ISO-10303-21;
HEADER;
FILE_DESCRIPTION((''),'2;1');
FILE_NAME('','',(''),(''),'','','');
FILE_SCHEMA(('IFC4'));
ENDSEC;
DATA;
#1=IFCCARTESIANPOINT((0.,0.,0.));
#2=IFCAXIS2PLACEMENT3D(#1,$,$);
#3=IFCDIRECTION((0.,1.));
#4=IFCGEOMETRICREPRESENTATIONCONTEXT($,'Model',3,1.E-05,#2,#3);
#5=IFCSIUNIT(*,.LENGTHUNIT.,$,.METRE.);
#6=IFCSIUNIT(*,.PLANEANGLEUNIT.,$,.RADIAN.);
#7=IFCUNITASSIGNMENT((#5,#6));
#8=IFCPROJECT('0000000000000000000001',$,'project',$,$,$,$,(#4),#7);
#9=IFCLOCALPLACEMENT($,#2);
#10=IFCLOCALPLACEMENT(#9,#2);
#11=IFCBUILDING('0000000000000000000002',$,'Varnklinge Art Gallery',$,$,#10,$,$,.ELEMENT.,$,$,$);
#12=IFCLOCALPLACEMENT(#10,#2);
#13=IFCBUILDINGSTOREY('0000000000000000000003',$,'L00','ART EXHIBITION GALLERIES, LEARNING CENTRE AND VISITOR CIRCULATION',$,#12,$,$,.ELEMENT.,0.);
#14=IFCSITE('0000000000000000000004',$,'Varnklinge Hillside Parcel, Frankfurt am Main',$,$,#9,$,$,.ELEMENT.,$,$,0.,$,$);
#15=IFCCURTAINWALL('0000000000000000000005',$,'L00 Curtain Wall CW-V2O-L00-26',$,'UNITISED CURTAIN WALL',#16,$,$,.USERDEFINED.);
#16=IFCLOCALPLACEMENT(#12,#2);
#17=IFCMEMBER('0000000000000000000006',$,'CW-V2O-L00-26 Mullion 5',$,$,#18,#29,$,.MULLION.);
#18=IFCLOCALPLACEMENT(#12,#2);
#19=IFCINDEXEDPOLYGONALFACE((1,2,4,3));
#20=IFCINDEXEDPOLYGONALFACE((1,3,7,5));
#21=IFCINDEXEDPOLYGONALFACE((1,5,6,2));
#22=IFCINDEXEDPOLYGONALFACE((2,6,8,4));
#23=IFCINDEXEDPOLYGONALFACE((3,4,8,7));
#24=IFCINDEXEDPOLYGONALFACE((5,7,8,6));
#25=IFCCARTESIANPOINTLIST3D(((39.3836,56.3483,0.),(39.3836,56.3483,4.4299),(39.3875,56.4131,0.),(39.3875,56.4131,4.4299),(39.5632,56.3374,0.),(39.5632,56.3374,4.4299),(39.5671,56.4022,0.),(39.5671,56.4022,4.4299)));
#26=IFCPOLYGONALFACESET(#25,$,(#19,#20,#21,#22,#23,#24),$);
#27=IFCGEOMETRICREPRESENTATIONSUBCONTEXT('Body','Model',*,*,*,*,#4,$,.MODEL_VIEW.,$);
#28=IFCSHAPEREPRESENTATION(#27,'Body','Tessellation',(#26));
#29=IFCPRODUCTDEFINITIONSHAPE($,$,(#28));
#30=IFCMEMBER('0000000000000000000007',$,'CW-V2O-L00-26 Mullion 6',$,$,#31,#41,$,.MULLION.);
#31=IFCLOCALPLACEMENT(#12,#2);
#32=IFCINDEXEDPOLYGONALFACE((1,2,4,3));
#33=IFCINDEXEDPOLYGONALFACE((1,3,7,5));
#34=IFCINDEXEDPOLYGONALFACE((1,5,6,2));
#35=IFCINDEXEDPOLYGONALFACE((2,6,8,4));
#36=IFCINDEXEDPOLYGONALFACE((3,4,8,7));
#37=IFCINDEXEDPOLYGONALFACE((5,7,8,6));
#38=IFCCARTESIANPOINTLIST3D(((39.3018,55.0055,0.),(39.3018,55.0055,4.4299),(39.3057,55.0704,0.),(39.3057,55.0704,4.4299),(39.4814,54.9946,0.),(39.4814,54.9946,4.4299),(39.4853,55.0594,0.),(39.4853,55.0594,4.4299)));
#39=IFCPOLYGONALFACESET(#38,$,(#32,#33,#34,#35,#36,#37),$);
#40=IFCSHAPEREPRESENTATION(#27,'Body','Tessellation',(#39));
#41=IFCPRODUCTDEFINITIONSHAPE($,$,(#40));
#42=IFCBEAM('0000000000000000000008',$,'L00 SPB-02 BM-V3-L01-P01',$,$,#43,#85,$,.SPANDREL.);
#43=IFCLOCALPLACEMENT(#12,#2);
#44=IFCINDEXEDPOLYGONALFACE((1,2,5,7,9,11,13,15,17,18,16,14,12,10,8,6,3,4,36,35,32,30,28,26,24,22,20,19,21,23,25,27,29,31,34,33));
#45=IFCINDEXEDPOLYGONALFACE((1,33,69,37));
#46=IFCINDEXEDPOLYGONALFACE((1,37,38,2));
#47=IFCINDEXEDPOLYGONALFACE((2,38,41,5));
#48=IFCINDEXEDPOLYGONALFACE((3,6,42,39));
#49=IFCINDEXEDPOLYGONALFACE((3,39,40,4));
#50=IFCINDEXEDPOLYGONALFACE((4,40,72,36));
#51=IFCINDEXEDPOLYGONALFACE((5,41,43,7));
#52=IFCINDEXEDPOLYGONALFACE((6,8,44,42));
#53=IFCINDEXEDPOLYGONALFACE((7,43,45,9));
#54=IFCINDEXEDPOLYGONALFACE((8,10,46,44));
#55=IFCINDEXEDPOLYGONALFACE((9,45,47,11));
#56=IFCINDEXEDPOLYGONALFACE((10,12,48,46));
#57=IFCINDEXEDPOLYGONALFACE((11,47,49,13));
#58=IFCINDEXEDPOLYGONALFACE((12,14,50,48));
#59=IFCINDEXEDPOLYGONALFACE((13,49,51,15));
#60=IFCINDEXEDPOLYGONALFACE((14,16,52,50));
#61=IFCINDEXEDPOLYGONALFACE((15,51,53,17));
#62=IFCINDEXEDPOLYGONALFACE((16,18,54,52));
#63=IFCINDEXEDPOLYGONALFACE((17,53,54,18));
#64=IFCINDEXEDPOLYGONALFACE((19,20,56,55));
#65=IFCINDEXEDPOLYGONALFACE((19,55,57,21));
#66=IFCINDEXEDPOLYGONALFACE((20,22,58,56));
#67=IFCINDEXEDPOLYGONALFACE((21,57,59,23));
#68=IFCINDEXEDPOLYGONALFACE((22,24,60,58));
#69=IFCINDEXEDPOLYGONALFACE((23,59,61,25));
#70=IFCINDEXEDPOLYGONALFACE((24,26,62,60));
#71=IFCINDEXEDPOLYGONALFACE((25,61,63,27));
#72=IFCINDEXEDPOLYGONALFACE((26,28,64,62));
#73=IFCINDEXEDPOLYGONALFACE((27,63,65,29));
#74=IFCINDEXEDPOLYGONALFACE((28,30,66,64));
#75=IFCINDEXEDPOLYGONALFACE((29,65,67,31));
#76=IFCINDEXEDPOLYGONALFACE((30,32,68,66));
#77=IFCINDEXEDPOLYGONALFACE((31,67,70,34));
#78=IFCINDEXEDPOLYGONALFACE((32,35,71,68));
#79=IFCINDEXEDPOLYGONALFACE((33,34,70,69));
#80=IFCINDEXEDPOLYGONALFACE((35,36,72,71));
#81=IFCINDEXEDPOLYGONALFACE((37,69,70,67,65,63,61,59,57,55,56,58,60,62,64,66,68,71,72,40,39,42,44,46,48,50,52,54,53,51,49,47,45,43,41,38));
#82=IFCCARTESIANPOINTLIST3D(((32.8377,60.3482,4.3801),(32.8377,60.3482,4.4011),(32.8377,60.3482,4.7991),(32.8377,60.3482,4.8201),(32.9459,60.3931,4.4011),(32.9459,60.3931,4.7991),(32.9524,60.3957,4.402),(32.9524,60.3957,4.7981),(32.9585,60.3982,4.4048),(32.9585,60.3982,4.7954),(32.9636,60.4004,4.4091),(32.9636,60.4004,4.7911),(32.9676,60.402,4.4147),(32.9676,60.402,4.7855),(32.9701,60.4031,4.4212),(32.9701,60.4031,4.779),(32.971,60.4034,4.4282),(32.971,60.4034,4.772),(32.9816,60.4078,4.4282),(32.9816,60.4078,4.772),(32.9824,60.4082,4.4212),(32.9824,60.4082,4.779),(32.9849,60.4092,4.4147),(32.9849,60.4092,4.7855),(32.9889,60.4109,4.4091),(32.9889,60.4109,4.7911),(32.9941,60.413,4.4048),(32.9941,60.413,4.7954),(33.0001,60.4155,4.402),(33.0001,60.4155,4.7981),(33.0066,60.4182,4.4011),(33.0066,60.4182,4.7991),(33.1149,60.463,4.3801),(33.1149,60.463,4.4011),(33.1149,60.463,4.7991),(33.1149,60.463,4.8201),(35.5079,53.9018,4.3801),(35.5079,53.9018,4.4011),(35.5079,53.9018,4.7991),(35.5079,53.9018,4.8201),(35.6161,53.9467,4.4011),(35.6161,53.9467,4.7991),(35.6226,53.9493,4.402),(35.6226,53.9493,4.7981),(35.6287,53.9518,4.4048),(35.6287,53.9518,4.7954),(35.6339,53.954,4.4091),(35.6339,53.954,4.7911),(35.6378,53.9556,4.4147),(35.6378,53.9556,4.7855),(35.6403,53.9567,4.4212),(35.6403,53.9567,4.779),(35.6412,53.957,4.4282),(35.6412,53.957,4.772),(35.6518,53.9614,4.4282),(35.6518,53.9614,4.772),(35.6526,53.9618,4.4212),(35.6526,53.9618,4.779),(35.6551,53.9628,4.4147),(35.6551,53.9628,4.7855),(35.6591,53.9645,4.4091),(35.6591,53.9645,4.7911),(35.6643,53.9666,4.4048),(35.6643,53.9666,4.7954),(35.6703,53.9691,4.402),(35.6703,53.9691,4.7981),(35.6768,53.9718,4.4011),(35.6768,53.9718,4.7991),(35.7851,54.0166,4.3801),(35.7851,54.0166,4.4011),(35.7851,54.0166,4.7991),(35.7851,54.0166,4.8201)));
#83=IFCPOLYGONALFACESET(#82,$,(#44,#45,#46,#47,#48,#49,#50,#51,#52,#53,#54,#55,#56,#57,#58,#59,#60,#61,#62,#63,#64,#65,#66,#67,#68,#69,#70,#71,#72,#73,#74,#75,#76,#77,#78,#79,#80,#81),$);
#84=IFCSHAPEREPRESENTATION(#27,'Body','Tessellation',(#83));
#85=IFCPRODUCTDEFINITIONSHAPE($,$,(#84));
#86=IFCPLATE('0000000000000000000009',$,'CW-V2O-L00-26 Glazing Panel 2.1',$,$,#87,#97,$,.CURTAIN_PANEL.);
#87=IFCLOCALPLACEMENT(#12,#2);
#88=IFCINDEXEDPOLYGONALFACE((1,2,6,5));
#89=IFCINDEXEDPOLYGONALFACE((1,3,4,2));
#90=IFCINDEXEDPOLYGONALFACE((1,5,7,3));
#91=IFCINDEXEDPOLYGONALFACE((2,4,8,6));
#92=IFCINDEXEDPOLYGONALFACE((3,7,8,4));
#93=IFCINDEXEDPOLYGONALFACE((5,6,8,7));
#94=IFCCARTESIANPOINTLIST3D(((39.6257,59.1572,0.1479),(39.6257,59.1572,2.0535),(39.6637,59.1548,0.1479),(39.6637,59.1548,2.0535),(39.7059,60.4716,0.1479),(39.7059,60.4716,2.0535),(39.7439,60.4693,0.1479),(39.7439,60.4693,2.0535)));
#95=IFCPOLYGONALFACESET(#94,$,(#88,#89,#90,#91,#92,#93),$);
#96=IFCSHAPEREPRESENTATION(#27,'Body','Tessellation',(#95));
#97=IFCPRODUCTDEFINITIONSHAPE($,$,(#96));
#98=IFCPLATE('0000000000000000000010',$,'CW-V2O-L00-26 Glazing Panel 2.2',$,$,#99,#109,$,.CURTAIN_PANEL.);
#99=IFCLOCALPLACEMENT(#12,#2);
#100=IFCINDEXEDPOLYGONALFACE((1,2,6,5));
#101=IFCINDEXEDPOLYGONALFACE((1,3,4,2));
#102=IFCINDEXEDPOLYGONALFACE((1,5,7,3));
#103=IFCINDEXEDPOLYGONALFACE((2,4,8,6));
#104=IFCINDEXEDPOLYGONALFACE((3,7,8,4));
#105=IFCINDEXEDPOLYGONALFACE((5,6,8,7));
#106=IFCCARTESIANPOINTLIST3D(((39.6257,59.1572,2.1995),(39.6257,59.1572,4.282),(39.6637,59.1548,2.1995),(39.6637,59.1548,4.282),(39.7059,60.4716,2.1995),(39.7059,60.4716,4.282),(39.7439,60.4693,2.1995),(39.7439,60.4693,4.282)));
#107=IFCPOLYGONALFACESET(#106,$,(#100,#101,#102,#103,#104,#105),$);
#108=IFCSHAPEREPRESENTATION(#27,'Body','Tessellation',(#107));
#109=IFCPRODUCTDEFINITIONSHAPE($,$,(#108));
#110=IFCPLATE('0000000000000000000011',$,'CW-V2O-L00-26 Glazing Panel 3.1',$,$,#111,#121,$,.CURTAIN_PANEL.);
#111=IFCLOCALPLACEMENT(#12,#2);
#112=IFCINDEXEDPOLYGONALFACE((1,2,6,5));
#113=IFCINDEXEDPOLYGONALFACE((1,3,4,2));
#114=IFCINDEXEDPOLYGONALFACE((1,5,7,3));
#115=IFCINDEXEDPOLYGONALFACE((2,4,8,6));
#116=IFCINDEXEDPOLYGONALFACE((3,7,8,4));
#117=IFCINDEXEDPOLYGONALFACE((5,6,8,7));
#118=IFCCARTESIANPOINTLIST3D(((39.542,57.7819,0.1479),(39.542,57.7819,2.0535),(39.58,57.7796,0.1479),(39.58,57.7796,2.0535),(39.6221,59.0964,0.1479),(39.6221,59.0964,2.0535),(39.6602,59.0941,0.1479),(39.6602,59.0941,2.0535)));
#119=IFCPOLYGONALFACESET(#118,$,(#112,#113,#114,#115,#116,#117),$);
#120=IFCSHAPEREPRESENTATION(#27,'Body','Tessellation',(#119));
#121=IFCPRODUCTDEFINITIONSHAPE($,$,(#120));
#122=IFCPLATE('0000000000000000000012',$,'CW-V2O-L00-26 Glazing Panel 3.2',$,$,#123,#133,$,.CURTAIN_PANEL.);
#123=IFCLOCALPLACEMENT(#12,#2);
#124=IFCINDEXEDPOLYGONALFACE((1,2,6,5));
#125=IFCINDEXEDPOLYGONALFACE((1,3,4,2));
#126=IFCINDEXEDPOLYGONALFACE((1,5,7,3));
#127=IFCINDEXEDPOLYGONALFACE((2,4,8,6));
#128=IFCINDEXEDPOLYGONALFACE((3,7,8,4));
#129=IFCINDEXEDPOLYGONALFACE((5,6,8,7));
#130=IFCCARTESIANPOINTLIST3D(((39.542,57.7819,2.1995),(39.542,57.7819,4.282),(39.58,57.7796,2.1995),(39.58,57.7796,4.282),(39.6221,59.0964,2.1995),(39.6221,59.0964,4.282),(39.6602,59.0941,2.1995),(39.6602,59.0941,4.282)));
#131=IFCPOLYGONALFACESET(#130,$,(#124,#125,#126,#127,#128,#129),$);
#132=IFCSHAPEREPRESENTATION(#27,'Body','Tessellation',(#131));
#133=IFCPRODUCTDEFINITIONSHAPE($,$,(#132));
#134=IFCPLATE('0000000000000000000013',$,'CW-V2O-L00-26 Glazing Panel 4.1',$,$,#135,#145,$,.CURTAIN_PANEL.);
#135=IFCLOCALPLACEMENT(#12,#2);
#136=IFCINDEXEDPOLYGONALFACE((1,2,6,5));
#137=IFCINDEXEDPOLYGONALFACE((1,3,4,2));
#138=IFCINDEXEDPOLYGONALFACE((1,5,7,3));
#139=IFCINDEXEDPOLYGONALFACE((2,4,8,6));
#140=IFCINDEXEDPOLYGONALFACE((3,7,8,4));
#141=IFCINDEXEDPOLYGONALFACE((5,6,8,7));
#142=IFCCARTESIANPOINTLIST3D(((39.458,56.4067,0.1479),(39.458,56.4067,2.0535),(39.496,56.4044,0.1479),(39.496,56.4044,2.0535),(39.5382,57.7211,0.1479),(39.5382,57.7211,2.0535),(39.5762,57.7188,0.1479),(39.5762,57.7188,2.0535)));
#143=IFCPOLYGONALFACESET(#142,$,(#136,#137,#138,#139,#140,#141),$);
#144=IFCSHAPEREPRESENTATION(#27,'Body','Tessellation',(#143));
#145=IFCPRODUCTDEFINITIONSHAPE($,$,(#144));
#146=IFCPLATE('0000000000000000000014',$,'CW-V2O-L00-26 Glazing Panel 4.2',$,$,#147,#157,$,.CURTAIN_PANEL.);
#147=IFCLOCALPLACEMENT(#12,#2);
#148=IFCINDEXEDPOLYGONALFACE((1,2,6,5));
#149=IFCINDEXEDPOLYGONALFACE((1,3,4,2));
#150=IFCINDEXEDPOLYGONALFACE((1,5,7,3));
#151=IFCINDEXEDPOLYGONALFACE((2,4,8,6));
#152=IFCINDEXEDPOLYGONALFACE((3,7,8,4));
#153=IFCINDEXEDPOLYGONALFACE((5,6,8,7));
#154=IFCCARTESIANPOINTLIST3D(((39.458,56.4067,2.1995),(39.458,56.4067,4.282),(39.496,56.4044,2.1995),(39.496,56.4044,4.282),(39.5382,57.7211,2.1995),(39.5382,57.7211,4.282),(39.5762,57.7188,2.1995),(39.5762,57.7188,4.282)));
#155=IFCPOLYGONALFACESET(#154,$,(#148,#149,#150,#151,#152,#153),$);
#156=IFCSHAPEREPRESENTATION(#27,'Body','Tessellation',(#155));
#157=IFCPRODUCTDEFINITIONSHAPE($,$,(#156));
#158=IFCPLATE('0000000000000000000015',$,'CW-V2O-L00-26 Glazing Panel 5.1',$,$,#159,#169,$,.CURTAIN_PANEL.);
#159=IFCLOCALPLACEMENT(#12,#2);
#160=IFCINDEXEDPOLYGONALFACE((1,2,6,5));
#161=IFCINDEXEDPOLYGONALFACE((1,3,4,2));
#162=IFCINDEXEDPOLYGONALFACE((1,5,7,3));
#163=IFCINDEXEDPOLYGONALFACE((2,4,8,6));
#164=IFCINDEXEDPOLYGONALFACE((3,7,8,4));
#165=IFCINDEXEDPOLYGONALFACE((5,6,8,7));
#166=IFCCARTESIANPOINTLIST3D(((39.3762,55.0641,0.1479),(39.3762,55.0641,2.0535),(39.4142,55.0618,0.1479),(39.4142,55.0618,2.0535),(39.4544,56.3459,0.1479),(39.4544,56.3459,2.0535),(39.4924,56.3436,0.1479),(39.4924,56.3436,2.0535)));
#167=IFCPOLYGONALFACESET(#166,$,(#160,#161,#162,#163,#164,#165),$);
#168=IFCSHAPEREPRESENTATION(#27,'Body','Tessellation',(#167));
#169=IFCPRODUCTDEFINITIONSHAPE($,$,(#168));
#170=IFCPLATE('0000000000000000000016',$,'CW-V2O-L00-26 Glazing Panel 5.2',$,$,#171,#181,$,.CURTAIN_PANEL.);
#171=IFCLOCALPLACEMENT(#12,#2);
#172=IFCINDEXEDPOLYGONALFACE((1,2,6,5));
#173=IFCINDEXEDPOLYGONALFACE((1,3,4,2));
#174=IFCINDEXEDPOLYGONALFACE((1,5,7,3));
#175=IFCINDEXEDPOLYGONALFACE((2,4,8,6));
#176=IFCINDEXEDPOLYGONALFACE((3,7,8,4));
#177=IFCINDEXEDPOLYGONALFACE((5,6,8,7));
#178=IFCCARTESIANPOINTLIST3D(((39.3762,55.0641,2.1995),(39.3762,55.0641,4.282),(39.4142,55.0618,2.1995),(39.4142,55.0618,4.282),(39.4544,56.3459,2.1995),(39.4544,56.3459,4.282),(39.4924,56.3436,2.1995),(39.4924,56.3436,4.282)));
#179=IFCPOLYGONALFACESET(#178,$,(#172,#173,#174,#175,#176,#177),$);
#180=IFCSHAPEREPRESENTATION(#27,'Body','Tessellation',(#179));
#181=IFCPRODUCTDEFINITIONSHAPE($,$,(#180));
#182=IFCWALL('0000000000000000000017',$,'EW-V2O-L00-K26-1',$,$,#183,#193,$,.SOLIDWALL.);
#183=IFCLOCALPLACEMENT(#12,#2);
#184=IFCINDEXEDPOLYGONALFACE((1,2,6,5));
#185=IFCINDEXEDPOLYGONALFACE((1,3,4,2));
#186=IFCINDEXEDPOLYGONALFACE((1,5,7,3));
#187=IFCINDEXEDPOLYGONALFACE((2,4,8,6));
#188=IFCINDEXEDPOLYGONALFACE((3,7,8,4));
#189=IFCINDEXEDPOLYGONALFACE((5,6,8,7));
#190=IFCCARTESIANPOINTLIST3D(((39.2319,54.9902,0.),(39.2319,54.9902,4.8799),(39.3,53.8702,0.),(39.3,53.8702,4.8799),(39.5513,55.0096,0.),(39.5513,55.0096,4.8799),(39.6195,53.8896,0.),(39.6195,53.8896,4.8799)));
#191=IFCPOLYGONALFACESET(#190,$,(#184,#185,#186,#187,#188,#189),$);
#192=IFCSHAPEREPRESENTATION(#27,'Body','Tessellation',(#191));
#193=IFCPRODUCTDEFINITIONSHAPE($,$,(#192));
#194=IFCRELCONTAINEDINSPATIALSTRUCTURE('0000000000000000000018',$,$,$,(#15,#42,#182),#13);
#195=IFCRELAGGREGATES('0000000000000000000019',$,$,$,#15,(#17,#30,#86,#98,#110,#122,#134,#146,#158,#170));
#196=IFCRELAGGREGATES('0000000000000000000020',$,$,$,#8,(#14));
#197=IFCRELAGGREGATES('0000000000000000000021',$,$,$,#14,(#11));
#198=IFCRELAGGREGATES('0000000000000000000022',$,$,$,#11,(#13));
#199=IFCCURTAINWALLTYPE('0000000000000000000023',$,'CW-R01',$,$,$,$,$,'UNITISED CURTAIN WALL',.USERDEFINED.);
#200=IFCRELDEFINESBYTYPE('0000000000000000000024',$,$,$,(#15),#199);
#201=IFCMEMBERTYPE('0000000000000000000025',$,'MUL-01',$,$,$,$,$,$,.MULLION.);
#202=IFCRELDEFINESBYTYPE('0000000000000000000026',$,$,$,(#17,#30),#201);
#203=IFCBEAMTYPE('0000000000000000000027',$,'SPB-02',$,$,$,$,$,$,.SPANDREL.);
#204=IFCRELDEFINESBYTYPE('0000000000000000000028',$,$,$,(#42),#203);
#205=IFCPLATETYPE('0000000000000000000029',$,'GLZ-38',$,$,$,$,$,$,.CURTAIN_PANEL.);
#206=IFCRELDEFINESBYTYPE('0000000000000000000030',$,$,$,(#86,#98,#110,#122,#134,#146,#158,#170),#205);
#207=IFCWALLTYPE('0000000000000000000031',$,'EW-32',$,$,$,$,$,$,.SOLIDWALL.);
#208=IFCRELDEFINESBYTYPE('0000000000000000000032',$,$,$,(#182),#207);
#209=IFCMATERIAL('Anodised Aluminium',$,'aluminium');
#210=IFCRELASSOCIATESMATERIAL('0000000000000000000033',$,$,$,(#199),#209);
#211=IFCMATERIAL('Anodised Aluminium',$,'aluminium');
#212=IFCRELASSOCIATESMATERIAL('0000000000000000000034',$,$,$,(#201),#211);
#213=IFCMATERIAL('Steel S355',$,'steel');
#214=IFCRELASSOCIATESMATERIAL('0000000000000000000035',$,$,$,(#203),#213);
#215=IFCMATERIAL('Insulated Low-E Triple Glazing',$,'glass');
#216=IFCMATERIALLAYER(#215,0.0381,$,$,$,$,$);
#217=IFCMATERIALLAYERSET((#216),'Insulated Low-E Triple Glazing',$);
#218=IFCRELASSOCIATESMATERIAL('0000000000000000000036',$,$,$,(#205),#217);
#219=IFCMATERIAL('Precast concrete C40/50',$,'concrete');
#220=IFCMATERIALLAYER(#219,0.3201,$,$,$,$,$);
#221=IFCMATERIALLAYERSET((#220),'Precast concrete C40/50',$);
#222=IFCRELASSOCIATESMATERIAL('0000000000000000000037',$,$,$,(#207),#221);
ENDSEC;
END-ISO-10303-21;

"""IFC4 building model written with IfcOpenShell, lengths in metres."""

from ifc_helpers import new_model, si_unit, direction, frame, frame_2d, origin, origin_2d, place, context, subcontext, project, spatial, rectangle, i_section, extrude, material, layer, layer_set, material_profile, profile_set, type_object, element, aggregate, save


model = new_model("IFC4")

# Units and contexts
model_context = context("Model", 3, precision=1e-05, world=origin(), true_north=direction((0.0, 1.0)))
body_context = subcontext(model_context, "Body", "Model", "MODEL_VIEW")
ifc_project = project(units=[si_unit("LENGTHUNIT", "METRE"), si_unit("PLANEANGLEUNIT", "RADIAN")], contexts=[model_context])

# Site, building, storey
site_placement = place(None, origin())
site = spatial("IfcSite", under=ifc_project, at=site_placement, Name="Varnklinge Hillside Parcel, Frankfurt am Main", CompositionType="ELEMENT", RefElevation=0.0)
building_placement = place(site_placement, origin())
building = spatial("IfcBuilding", under=site, at=building_placement, Name="Varnklinge Art Gallery", CompositionType="ELEMENT")
storey_placement = place(building_placement, origin())
storey = spatial("IfcBuildingStorey", under=building, at=storey_placement, Name="L00", Description="ART EXHIBITION GALLERIES, LEARNING CENTRE AND VISITOR CIRCULATION", CompositionType="ELEMENT", Elevation=0.0)

# Curtain wall, members
ifc_material_1 = material(Name="Anodised Aluminium", Category="aluminium")
curtain_wall_type = type_object("IfcCurtainWallType", Name="CW-R01", ElementType="UNITISED CURTAIN WALL", PredefinedType="USERDEFINED", material=ifc_material_1)
curtain_wall_placement = place(storey_placement, origin())
curtain_wall = element("IfcCurtainWall", 1, at=curtain_wall_placement, inside=storey, type_object=curtain_wall_type, Name="L00 Curtain Wall CW-V2O-L00-26", ObjectType="UNITISED CURTAIN WALL", PredefinedType="USERDEFINED")
ifc_material_2 = material(Name="Anodised Aluminium", Category="aluminium")
ifc_material_profile_1 = material_profile(ifc_material_2, rectangle(XDim=0.0649, YDim=0.1799, at=origin_2d()), Name="ALU 65x180")
ifc_profile_set_1 = profile_set([ifc_material_profile_1], Name="Anodised Aluminium")
member_type = type_object("IfcMemberType", Name="MUL-01", PredefinedType="MULLION", material=ifc_profile_set_1)
member_1_placement = place(storey_placement, frame((39.4753, 56.3752, 0.0), z_axis=(0.0, 0.0, 1.0), x_axis=(-0.060874, -0.998145, 0.0)))
member_1 = element("IfcMember", 2, at=member_1_placement, type_object=member_type, Name="CW-V2O-L00-26 Mullion 5", PredefinedType="MULLION", context=body_context, shape_type="SweptSolid", body=[
    extrude(rectangle(XDim=0.0649, YDim=0.1799, at=origin_2d()), origin(), (0.0, 0.0, 1.0), 4.4299),
])
member_2_placement = place(storey_placement, frame((39.3936, 55.0325, 0.0), z_axis=(0.0, 0.0, 1.0), x_axis=(-0.060874, -0.998145, 0.0)))
member_2 = element("IfcMember", 3, at=member_2_placement, type_object=member_type, Name="CW-V2O-L00-26 Mullion 6", PredefinedType="MULLION", context=body_context, shape_type="SweptSolid", body=[
    extrude(rectangle(XDim=0.0649, YDim=0.1799, at=origin_2d()), origin(), (0.0, 0.0, 1.0), 4.4299),
])

# Beam
ifc_material_3 = material(Name="Steel S355", Category="steel")
ifc_material_profile_2 = material_profile(ifc_material_3, i_section(OverallWidth=0.3, OverallDepth=0.4399, WebThickness=0.0115, FlangeThickness=0.021, FilletRadius=0.0271, at=origin_2d()), Name="HEA 450")
ifc_profile_set_2 = profile_set([ifc_material_profile_2], Name="Steel S355")
beam_type_1 = type_object("IfcBeamType", Name="SPB-02", PredefinedType="SPANDREL", material=ifc_profile_set_2)
beam_1_placement = place(storey_placement, frame((35.6465, 53.9592, 4.6001), z_axis=(-0.382687, 0.923878, 0.0), x_axis=(-0.923878, -0.382687, 0.0)))
element("IfcBeam", 4, at=beam_1_placement, inside=storey, type_object=beam_type_1, Name="L00 SPB-02 BM-V3-L01-P01", PredefinedType="SPANDREL", context=body_context, shape_type="SweptSolid", body=[
    extrude(i_section(OverallWidth=0.3, OverallDepth=0.4399, WebThickness=0.0115, FlangeThickness=0.021, FilletRadius=0.0271, at=origin_2d()), origin(), (0.0, 0.0, 1.0), 6.9775),
])

# Plates
ifc_material_4 = material(Name="Insulated Low-E Triple Glazing", Category="glass")
ifc_layer_1 = layer(ifc_material_4, 0.0381)
ifc_layer_set_1 = layer_set([ifc_layer_1], Name="Insulated Low-E Triple Glazing")
plate_type = type_object("IfcPlateType", Name="GLZ-38", PredefinedType="CURTAIN_PANEL", material=ifc_layer_set_1)
plate_1_placement = place(storey_placement, frame((39.6848, 59.8132, 0.1479), z_axis=(0.0, 0.0, 1.0), x_axis=(-0.060874, -0.998145, 0.0)))
plate_1 = element("IfcPlate", 5, at=plate_1_placement, type_object=plate_type, Name="CW-V2O-L00-26 Glazing Panel 2.1", PredefinedType="CURTAIN_PANEL", context=body_context, shape_type="SweptSolid", body=[
    extrude(rectangle(XDim=1.3169, YDim=0.0381, at=origin_2d()), origin(), (0.0, 0.0, 1.0), 1.9055),
])
plate_2_placement = place(storey_placement, frame((39.6848, 59.8132, 2.1995), z_axis=(0.0, 0.0, 1.0), x_axis=(-0.060874, -0.998145, 0.0)))
plate_2 = element("IfcPlate", 6, at=plate_2_placement, type_object=plate_type, Name="CW-V2O-L00-26 Glazing Panel 2.2", PredefinedType="CURTAIN_PANEL", context=body_context, shape_type="SweptSolid", body=[
    extrude(rectangle(XDim=1.3169, YDim=0.0381, at=origin_2d()), origin(), (0.0, 0.0, 1.0), 2.0825),
])
plate_3_placement = place(storey_placement, frame((39.6011, 58.438, 0.1479), z_axis=(0.0, 0.0, 1.0), x_axis=(-0.060874, -0.998145, 0.0)))
plate_3 = element("IfcPlate", 7, at=plate_3_placement, type_object=plate_type, Name="CW-V2O-L00-26 Glazing Panel 3.1", PredefinedType="CURTAIN_PANEL", context=body_context, shape_type="SweptSolid", body=[
    extrude(rectangle(XDim=1.3169, YDim=0.0381, at=origin_2d()), origin(), (0.0, 0.0, 1.0), 1.9055),
])
plate_4_placement = place(storey_placement, frame((39.6011, 58.438, 2.1995), z_axis=(0.0, 0.0, 1.0), x_axis=(-0.060874, -0.998145, 0.0)))
plate_4 = element("IfcPlate", 8, at=plate_4_placement, type_object=plate_type, Name="CW-V2O-L00-26 Glazing Panel 3.2", PredefinedType="CURTAIN_PANEL", context=body_context, shape_type="SweptSolid", body=[
    extrude(rectangle(XDim=1.3169, YDim=0.0381, at=origin_2d()), origin(), (0.0, 0.0, 1.0), 2.0825),
])
plate_5_placement = place(storey_placement, frame((39.5171, 57.0627, 0.1479), z_axis=(0.0, 0.0, 1.0), x_axis=(-0.060874, -0.998145, 0.0)))
plate_5 = element("IfcPlate", 9, at=plate_5_placement, type_object=plate_type, Name="CW-V2O-L00-26 Glazing Panel 4.1", PredefinedType="CURTAIN_PANEL", context=body_context, shape_type="SweptSolid", body=[
    extrude(rectangle(XDim=1.3169, YDim=0.0381, at=origin_2d()), origin(), (0.0, 0.0, 1.0), 1.9055),
])
plate_6_placement = place(storey_placement, frame((39.5171, 57.0627, 2.1995), z_axis=(0.0, 0.0, 1.0), x_axis=(-0.060874, -0.998145, 0.0)))
plate_6 = element("IfcPlate", 10, at=plate_6_placement, type_object=plate_type, Name="CW-V2O-L00-26 Glazing Panel 4.2", PredefinedType="CURTAIN_PANEL", context=body_context, shape_type="SweptSolid", body=[
    extrude(rectangle(XDim=1.3169, YDim=0.0381, at=origin_2d()), origin(), (0.0, 0.0, 1.0), 2.0825),
])
plate_7_placement = place(storey_placement, frame((39.4343, 55.7039, 0.1479), z_axis=(0.0, 0.0, 1.0), x_axis=(-0.060874, -0.998145, 0.0)))
plate_7 = element("IfcPlate", 11, at=plate_7_placement, type_object=plate_type, Name="CW-V2O-L00-26 Glazing Panel 5.1", PredefinedType="CURTAIN_PANEL", context=body_context, shape_type="SweptSolid", body=[
    extrude(rectangle(XDim=1.2842, YDim=0.0381, at=origin_2d()), origin(), (0.0, 0.0, 1.0), 1.9055),
])
plate_8_placement = place(storey_placement, frame((39.4343, 55.7039, 2.1995), z_axis=(0.0, 0.0, 1.0), x_axis=(-0.060874, -0.998145, 0.0)))
plate_8 = element("IfcPlate", 12, at=plate_8_placement, type_object=plate_type, Name="CW-V2O-L00-26 Glazing Panel 5.2", PredefinedType="CURTAIN_PANEL", context=body_context, shape_type="SweptSolid", body=[
    extrude(rectangle(XDim=1.2842, YDim=0.0381, at=origin_2d()), origin(), (0.0, 0.0, 1.0), 2.0825),
])
aggregate(curtain_wall, [member_1, member_2, plate_1, plate_2, plate_3, plate_4, plate_5, plate_6, plate_7, plate_8])

# Wall
ifc_material_5 = material(Name="Precast concrete C40/50", Category="concrete")
ifc_layer_2 = layer(ifc_material_5, 0.3201)
ifc_layer_set_2 = layer_set([ifc_layer_2], Name="Precast concrete C40/50")
wall_type_1 = type_object("IfcWallType", Name="EW-32", PredefinedType="SOLIDWALL", material=ifc_layer_set_2)
wall_1_placement = place(storey_placement, frame((39.4597, 53.8799, 0.0), z_axis=(0.0, 0.0, 1.0), x_axis=(-0.060699, 0.998156, 0.0)))
element("IfcWall", 13, at=wall_1_placement, inside=storey, type_object=wall_type_1, Name="EW-V2O-L00-K26-1", PredefinedType="SOLIDWALL", context=body_context, shape_type="SweptSolid", body=[
    extrude(rectangle(XDim=1.1221, YDim=0.3201, at=frame_2d((0.561, 0.0))), origin(), (0.0, 0.0, 1.0), 4.8799),
])

save(model, "model.ifc")
